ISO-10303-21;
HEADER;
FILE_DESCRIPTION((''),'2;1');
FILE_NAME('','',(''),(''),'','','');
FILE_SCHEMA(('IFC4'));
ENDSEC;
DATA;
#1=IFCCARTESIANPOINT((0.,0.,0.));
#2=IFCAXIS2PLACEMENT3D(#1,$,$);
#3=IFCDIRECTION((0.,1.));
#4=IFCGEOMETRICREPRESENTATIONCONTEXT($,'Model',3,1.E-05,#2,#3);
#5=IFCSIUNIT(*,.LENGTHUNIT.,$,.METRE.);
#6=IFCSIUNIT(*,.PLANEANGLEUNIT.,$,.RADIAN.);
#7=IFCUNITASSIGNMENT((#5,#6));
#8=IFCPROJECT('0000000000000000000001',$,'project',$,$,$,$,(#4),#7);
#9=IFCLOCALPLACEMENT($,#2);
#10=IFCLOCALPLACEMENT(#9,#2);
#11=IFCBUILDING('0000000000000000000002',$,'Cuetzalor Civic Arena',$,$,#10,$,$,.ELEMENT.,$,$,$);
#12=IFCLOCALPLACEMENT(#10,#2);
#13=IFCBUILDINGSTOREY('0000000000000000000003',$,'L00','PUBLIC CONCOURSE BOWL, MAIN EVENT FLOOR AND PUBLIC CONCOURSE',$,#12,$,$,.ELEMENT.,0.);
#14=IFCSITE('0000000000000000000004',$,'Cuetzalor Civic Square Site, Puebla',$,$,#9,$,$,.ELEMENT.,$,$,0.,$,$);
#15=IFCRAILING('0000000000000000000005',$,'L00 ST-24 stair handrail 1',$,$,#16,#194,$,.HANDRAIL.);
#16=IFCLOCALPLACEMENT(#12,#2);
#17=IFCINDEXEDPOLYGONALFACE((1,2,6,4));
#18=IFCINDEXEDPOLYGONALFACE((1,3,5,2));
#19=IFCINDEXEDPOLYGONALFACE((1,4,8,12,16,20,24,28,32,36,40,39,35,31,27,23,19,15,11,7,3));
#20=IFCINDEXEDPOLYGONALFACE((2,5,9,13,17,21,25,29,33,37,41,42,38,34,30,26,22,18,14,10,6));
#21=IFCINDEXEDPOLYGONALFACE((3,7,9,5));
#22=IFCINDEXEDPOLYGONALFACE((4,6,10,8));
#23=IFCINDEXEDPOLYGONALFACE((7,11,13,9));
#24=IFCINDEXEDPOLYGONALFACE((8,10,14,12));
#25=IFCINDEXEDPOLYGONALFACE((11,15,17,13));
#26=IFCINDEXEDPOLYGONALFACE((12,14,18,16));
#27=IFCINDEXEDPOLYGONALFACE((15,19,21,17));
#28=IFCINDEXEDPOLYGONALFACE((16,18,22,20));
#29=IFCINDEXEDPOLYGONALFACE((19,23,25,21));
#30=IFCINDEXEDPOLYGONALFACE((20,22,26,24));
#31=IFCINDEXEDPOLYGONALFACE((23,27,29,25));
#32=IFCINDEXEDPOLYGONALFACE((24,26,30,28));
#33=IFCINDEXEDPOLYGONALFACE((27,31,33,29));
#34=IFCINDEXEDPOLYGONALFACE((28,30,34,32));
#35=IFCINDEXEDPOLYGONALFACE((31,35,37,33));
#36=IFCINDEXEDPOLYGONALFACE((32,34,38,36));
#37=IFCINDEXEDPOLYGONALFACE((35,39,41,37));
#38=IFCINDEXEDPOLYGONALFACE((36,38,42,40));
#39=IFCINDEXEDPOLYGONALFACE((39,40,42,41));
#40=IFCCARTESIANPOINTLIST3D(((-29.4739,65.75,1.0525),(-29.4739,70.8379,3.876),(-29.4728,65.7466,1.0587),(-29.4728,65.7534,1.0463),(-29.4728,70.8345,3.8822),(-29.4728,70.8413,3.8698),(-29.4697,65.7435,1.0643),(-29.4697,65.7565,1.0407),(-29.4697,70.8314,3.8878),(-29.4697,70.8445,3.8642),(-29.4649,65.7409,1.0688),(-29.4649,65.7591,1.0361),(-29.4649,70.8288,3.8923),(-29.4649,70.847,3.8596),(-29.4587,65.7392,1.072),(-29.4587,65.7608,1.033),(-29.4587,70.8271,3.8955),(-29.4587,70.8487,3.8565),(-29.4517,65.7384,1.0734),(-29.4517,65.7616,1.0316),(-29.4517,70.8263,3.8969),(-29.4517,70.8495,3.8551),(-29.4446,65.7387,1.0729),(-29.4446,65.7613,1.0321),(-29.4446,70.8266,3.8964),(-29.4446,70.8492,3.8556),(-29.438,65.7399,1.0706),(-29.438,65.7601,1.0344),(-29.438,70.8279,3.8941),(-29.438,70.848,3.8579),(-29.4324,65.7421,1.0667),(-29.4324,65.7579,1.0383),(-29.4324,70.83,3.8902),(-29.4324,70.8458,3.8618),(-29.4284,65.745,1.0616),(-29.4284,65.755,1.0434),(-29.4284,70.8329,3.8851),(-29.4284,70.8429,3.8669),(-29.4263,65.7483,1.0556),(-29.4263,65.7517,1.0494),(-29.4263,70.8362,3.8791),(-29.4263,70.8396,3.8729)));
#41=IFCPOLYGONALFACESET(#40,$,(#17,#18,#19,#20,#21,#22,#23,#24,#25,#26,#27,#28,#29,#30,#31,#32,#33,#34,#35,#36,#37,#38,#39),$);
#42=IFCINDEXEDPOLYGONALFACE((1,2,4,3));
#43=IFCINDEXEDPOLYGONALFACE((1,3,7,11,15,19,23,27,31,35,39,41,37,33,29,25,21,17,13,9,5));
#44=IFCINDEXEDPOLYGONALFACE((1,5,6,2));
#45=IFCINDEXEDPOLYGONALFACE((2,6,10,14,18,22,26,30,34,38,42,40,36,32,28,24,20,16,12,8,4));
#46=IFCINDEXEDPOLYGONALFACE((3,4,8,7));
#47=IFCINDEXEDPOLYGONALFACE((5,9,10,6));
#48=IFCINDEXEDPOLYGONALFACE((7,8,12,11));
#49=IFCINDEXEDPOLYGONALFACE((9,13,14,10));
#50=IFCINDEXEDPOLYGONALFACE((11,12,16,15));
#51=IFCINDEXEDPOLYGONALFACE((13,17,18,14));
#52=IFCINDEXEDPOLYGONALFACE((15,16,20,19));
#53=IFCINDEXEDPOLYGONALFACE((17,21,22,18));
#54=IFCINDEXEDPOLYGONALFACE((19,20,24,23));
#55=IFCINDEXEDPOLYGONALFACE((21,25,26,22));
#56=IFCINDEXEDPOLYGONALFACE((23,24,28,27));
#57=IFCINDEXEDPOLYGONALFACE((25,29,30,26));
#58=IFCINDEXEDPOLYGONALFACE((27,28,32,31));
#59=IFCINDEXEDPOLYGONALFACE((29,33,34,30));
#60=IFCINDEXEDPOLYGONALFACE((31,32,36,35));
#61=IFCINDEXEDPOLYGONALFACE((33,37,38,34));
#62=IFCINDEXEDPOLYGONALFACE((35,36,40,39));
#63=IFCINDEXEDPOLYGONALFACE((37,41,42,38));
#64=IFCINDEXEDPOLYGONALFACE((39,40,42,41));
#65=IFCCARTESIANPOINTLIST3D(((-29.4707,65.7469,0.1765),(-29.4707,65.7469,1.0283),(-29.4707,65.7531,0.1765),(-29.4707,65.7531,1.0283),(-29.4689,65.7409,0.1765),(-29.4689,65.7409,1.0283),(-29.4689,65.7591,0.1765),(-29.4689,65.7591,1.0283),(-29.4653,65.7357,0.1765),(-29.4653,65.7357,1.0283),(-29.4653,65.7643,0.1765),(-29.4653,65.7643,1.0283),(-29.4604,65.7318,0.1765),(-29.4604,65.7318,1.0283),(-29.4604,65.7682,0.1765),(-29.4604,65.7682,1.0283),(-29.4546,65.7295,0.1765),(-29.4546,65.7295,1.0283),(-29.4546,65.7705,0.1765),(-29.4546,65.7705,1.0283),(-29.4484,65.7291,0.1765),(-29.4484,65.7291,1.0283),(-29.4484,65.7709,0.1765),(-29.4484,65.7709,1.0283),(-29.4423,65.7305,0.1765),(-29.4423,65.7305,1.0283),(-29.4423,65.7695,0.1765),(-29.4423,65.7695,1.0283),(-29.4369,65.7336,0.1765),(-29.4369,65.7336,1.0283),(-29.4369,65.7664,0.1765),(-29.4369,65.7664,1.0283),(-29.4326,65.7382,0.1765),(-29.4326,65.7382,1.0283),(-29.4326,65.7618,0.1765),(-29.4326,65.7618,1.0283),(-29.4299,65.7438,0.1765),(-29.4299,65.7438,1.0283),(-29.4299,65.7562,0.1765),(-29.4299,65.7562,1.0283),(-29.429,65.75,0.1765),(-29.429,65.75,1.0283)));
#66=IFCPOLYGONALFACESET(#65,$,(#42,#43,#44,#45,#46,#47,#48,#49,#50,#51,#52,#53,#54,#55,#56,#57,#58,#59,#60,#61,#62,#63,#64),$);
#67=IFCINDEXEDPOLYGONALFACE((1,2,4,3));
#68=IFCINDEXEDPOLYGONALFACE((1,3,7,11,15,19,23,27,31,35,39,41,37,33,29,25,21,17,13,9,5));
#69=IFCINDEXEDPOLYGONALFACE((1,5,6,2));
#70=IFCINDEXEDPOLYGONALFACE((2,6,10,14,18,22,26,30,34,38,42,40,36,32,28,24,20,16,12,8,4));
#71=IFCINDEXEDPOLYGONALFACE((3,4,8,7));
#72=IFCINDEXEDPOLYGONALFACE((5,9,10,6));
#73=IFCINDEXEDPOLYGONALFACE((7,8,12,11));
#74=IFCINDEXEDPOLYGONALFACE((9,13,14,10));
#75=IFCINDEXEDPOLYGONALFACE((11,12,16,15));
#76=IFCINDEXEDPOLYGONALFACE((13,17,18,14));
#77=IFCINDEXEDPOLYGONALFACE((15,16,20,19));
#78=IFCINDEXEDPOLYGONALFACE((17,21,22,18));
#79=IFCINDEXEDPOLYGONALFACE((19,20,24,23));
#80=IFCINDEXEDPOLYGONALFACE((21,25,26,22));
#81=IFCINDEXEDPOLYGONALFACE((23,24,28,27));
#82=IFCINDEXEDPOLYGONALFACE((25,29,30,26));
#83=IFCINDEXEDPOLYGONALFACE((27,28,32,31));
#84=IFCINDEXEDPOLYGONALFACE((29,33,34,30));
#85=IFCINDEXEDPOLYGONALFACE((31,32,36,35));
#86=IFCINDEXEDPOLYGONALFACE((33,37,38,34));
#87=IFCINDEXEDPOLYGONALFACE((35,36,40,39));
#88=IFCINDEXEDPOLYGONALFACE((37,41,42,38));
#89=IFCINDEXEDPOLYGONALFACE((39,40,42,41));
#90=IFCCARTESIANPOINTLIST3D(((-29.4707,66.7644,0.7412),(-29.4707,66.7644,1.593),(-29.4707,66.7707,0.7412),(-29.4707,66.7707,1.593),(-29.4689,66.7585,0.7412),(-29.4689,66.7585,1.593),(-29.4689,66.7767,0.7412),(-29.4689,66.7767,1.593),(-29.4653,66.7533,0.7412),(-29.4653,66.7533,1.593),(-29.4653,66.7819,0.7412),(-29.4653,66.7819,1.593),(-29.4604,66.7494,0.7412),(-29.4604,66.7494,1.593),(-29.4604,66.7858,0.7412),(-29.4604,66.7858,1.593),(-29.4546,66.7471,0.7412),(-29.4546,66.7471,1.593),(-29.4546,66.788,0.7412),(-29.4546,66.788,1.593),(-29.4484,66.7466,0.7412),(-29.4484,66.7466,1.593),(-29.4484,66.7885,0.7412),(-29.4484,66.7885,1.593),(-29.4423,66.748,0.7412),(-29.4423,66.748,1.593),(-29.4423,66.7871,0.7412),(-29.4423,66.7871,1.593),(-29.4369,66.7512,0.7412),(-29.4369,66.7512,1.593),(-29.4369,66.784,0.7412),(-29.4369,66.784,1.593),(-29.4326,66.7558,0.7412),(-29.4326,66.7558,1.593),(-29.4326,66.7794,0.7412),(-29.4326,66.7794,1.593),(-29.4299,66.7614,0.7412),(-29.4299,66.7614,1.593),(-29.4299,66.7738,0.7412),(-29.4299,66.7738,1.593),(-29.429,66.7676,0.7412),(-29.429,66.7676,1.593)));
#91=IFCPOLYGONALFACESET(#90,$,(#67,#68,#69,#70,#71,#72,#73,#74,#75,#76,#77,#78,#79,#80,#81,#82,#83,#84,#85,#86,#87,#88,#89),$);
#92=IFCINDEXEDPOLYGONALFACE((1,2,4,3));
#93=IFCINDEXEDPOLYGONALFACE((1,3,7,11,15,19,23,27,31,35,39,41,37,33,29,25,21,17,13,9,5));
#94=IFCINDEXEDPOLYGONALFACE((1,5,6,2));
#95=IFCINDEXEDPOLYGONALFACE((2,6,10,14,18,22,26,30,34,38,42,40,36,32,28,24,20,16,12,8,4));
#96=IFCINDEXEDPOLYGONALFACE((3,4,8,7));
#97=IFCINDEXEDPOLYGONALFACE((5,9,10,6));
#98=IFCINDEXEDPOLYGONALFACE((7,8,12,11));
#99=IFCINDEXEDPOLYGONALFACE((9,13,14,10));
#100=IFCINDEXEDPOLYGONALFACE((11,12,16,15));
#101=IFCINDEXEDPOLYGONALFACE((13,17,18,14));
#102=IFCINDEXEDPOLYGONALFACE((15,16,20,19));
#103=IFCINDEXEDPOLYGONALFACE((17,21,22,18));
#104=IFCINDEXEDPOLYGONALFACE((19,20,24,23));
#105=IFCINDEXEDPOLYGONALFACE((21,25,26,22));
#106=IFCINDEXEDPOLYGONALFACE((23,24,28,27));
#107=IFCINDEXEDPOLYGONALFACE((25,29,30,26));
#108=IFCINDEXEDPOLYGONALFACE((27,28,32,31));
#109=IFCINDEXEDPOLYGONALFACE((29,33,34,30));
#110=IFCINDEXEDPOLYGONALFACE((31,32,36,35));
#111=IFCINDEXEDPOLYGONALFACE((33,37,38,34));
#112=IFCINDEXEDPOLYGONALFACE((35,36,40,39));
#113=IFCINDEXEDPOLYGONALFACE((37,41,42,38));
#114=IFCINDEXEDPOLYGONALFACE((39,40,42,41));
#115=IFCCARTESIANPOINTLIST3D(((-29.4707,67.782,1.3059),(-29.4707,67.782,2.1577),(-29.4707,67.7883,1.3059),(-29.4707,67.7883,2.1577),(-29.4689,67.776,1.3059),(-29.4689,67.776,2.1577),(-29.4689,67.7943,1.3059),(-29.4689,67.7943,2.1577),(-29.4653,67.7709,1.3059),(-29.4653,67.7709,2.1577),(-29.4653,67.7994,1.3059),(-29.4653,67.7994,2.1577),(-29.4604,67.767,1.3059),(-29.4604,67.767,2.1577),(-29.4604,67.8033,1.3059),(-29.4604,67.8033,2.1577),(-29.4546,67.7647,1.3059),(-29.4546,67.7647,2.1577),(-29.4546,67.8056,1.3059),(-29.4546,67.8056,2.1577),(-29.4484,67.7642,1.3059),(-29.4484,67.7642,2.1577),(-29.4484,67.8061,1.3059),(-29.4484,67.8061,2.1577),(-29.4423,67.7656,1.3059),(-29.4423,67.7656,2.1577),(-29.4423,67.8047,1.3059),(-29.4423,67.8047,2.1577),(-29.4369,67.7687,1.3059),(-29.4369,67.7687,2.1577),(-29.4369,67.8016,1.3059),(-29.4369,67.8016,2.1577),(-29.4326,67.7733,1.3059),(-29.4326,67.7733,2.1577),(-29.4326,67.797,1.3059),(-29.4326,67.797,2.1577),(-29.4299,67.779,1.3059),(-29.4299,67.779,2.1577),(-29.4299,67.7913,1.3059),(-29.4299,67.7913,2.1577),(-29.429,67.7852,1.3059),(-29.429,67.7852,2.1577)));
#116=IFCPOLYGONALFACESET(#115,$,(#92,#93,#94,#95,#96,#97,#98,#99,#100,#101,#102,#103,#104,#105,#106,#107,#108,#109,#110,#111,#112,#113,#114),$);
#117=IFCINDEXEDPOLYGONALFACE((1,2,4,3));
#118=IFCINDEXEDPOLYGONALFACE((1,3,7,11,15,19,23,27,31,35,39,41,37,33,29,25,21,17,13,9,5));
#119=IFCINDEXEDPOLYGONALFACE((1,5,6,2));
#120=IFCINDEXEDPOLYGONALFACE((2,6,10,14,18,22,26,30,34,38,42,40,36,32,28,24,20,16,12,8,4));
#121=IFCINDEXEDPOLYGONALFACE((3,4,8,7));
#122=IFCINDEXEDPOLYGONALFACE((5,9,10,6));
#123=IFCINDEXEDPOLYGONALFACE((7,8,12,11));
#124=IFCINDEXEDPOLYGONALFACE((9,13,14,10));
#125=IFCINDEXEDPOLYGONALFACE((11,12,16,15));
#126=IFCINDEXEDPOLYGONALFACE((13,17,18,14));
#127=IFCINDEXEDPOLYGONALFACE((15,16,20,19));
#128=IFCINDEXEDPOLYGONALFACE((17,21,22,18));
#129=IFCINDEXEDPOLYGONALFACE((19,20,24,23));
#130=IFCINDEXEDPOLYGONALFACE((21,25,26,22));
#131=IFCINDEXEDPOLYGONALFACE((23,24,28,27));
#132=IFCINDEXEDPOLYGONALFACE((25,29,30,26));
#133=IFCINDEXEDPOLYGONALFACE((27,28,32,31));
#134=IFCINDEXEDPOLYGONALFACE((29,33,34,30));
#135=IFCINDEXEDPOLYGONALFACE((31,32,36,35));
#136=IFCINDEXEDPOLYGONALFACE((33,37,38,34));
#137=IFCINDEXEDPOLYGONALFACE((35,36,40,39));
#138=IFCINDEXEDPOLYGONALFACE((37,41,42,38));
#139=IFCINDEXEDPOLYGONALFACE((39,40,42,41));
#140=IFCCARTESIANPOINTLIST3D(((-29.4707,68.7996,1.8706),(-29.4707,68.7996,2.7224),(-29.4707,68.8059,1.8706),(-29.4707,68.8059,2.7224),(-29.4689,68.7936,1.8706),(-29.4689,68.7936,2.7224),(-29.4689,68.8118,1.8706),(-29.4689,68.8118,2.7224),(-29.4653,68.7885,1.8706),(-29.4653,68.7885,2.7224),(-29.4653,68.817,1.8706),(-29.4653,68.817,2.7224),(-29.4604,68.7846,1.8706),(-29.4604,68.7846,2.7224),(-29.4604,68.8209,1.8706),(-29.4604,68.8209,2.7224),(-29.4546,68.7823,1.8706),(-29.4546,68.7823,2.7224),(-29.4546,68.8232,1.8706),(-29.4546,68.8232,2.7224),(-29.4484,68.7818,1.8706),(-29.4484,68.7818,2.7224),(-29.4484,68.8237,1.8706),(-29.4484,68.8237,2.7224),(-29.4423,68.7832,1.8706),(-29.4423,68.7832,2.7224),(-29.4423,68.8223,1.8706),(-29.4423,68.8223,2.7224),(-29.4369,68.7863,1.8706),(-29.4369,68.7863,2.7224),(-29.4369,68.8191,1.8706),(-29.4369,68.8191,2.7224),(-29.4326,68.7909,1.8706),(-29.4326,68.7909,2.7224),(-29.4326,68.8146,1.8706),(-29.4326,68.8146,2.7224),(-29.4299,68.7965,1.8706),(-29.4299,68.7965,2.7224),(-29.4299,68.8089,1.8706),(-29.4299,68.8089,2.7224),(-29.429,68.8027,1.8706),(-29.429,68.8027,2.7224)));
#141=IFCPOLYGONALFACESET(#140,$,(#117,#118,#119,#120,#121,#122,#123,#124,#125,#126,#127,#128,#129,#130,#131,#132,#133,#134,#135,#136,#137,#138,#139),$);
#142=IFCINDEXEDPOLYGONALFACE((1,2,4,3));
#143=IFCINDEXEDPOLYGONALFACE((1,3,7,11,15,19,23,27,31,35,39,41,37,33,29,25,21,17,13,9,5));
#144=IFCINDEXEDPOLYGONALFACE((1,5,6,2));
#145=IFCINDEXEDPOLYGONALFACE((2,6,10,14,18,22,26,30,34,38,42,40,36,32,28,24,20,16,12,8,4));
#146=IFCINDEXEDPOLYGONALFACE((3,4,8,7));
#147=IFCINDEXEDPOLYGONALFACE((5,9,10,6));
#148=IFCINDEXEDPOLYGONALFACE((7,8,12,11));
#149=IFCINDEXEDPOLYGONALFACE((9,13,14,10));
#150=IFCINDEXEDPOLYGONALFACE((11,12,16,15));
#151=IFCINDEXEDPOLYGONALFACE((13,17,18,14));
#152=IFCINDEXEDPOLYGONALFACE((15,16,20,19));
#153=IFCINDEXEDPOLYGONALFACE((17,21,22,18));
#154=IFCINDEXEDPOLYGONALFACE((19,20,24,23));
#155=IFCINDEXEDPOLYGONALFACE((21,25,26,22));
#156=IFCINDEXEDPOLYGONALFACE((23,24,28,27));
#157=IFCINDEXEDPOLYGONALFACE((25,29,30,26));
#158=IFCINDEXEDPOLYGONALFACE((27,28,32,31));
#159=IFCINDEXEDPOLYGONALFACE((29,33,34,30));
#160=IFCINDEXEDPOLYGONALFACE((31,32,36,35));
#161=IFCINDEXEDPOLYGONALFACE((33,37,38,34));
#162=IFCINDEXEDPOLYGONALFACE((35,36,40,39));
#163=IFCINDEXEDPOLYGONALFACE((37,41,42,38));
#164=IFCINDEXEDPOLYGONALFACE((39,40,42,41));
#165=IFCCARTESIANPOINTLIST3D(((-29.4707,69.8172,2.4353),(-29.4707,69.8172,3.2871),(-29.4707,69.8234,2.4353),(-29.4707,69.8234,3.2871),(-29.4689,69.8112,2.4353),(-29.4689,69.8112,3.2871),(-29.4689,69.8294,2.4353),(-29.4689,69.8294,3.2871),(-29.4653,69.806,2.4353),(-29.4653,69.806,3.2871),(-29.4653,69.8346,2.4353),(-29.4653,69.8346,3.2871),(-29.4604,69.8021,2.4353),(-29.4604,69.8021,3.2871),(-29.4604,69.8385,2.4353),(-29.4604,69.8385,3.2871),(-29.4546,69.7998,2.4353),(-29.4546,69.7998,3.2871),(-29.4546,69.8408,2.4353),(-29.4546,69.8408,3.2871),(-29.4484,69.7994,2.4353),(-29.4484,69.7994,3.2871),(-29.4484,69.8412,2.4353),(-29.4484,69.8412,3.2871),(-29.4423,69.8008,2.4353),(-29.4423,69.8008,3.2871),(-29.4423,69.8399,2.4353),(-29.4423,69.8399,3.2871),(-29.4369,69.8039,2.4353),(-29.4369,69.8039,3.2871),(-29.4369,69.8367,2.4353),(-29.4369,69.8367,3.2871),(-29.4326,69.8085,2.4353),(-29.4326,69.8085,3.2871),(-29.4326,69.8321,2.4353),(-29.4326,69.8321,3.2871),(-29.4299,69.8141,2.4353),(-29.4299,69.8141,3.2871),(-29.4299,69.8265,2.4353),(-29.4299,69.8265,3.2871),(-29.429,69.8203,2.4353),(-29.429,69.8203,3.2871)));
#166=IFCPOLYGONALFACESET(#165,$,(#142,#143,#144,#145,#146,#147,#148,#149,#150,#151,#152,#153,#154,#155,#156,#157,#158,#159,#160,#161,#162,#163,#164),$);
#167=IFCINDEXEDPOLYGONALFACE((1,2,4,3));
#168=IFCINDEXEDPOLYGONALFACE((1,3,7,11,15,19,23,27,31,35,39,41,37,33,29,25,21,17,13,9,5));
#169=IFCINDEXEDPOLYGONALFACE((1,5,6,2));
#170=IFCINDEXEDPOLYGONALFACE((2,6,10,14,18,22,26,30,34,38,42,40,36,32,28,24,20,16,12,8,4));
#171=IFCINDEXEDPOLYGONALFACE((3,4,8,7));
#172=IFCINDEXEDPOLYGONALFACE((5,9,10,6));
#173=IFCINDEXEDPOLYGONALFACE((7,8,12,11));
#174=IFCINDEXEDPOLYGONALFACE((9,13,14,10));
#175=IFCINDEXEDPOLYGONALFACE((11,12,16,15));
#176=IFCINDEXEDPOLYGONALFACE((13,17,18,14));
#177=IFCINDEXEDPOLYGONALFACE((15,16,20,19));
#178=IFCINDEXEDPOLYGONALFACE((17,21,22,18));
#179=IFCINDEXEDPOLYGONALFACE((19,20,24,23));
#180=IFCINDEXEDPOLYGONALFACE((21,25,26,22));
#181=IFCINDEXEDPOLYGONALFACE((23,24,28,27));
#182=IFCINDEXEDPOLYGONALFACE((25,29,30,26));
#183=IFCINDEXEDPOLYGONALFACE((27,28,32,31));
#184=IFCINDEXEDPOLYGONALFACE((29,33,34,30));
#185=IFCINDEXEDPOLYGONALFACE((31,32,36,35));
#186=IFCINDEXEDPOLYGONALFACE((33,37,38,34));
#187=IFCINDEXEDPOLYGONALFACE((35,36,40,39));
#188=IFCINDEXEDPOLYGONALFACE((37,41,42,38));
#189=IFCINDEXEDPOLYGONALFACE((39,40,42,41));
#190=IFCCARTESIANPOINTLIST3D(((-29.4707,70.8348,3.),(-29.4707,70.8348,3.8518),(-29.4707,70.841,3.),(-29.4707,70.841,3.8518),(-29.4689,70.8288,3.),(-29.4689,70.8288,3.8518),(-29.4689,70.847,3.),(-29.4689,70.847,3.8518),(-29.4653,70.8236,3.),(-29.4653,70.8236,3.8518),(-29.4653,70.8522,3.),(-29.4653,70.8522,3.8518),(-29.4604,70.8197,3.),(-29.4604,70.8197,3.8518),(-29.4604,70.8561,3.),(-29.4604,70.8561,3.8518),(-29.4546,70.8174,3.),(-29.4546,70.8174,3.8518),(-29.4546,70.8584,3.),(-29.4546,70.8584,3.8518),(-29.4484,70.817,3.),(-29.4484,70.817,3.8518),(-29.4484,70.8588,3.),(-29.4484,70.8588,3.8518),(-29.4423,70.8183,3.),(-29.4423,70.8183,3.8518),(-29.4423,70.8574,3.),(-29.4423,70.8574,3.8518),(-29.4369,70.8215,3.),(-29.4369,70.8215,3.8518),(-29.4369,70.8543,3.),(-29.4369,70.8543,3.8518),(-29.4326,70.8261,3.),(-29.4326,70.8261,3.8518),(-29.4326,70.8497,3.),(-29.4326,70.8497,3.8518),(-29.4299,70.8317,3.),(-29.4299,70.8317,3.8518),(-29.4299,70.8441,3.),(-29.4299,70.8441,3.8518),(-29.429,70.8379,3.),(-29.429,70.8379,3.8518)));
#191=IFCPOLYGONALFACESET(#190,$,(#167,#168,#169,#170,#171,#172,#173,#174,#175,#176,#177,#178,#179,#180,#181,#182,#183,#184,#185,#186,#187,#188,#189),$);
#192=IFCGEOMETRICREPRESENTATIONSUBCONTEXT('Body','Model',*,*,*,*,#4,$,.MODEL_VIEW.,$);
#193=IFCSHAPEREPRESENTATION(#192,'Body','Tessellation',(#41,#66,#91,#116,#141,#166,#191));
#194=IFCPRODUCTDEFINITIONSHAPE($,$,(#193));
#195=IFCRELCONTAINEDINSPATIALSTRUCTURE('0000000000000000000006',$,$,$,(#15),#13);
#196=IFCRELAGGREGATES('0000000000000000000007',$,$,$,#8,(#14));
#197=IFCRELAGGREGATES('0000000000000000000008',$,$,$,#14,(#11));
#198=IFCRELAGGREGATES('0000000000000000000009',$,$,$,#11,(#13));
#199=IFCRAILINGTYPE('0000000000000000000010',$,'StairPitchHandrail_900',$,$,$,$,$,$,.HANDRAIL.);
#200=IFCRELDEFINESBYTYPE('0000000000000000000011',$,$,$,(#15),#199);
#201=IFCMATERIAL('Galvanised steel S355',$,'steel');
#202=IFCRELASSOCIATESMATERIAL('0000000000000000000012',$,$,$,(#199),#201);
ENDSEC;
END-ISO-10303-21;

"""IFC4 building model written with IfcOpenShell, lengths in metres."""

from ifc_helpers import new_model, si_unit, direction, frame, origin, origin_2d, place, context, subcontext, project, spatial, circle, extrude, material, type_object, element, save


model = new_model("IFC4")

# Units and contexts
model_context = context("Model", 3, precision=1e-05, world=origin(), true_north=direction((0.0, 1.0)))
body_context = subcontext(model_context, "Body", "Model", "MODEL_VIEW")
ifc_project = project(units=[si_unit("LENGTHUNIT", "METRE"), si_unit("PLANEANGLEUNIT", "RADIAN")], contexts=[model_context])

# Site, building, storey
site_placement = place(None, origin())
site = spatial("IfcSite", under=ifc_project, at=site_placement, Name="Cuetzalor Civic Square Site, Puebla", CompositionType="ELEMENT", RefElevation=0.0)
building_placement = place(site_placement, origin())
building = spatial("IfcBuilding", under=site, at=building_placement, Name="Cuetzalor Civic Arena", CompositionType="ELEMENT")
storey_placement = place(building_placement, origin())
storey = spatial("IfcBuildingStorey", under=building, at=storey_placement, Name="L00", Description="PUBLIC CONCOURSE BOWL, MAIN EVENT FLOOR AND PUBLIC CONCOURSE", CompositionType="ELEMENT", Elevation=0.0)

# Railing
ifc_material_1 = material(Name="Galvanised steel S355", Category="steel")
railing_type_1 = type_object("IfcRailingType", Name="StairPitchHandrail_900", PredefinedType="HANDRAIL", material=ifc_material_1)
railing_1_placement = place(storey_placement, frame((-29.45, 65.75, 0.1765)))
element("IfcRailing", 1, at=railing_1_placement, inside=storey, type_object=railing_type_1, Name="L00 ST-24 stair handrail 1", PredefinedType="HANDRAIL", context=body_context, shape_type="SweptSolid", body=[
    extrude(circle(Radius=0.0239, at=origin_2d()), frame((0.0, 0.0, 0.876), z_axis=(0.0, 0.874385, 0.485233), x_axis=(-1.0, 0.0, 0.0)), (0.0, 0.0, 1.0), 5.8188),
    extrude(circle(Radius=0.021, at=origin_2d()), origin(), (0.0, 0.0, 1.0), 0.8518),
    extrude(circle(Radius=0.021, at=origin_2d()), frame((0.0, 1.0176, 0.5647)), (0.0, 0.0, 1.0), 0.8518),
    extrude(circle(Radius=0.021, at=origin_2d()), frame((0.0, 2.0352, 1.1294)), (0.0, 0.0, 1.0), 0.8518),
    extrude(circle(Radius=0.021, at=origin_2d()), frame((0.0, 3.0527, 1.6941)), (0.0, 0.0, 1.0), 0.8518),
    extrude(circle(Radius=0.021, at=origin_2d()), frame((0.0, 4.0703, 2.2588)), (0.0, 0.0, 1.0), 0.8518),
    extrude(circle(Radius=0.021, at=origin_2d()), frame((0.0, 5.0879, 2.8235)), (0.0, 0.0, 1.0), 0.8518),
])

save(model, "model.ifc")
